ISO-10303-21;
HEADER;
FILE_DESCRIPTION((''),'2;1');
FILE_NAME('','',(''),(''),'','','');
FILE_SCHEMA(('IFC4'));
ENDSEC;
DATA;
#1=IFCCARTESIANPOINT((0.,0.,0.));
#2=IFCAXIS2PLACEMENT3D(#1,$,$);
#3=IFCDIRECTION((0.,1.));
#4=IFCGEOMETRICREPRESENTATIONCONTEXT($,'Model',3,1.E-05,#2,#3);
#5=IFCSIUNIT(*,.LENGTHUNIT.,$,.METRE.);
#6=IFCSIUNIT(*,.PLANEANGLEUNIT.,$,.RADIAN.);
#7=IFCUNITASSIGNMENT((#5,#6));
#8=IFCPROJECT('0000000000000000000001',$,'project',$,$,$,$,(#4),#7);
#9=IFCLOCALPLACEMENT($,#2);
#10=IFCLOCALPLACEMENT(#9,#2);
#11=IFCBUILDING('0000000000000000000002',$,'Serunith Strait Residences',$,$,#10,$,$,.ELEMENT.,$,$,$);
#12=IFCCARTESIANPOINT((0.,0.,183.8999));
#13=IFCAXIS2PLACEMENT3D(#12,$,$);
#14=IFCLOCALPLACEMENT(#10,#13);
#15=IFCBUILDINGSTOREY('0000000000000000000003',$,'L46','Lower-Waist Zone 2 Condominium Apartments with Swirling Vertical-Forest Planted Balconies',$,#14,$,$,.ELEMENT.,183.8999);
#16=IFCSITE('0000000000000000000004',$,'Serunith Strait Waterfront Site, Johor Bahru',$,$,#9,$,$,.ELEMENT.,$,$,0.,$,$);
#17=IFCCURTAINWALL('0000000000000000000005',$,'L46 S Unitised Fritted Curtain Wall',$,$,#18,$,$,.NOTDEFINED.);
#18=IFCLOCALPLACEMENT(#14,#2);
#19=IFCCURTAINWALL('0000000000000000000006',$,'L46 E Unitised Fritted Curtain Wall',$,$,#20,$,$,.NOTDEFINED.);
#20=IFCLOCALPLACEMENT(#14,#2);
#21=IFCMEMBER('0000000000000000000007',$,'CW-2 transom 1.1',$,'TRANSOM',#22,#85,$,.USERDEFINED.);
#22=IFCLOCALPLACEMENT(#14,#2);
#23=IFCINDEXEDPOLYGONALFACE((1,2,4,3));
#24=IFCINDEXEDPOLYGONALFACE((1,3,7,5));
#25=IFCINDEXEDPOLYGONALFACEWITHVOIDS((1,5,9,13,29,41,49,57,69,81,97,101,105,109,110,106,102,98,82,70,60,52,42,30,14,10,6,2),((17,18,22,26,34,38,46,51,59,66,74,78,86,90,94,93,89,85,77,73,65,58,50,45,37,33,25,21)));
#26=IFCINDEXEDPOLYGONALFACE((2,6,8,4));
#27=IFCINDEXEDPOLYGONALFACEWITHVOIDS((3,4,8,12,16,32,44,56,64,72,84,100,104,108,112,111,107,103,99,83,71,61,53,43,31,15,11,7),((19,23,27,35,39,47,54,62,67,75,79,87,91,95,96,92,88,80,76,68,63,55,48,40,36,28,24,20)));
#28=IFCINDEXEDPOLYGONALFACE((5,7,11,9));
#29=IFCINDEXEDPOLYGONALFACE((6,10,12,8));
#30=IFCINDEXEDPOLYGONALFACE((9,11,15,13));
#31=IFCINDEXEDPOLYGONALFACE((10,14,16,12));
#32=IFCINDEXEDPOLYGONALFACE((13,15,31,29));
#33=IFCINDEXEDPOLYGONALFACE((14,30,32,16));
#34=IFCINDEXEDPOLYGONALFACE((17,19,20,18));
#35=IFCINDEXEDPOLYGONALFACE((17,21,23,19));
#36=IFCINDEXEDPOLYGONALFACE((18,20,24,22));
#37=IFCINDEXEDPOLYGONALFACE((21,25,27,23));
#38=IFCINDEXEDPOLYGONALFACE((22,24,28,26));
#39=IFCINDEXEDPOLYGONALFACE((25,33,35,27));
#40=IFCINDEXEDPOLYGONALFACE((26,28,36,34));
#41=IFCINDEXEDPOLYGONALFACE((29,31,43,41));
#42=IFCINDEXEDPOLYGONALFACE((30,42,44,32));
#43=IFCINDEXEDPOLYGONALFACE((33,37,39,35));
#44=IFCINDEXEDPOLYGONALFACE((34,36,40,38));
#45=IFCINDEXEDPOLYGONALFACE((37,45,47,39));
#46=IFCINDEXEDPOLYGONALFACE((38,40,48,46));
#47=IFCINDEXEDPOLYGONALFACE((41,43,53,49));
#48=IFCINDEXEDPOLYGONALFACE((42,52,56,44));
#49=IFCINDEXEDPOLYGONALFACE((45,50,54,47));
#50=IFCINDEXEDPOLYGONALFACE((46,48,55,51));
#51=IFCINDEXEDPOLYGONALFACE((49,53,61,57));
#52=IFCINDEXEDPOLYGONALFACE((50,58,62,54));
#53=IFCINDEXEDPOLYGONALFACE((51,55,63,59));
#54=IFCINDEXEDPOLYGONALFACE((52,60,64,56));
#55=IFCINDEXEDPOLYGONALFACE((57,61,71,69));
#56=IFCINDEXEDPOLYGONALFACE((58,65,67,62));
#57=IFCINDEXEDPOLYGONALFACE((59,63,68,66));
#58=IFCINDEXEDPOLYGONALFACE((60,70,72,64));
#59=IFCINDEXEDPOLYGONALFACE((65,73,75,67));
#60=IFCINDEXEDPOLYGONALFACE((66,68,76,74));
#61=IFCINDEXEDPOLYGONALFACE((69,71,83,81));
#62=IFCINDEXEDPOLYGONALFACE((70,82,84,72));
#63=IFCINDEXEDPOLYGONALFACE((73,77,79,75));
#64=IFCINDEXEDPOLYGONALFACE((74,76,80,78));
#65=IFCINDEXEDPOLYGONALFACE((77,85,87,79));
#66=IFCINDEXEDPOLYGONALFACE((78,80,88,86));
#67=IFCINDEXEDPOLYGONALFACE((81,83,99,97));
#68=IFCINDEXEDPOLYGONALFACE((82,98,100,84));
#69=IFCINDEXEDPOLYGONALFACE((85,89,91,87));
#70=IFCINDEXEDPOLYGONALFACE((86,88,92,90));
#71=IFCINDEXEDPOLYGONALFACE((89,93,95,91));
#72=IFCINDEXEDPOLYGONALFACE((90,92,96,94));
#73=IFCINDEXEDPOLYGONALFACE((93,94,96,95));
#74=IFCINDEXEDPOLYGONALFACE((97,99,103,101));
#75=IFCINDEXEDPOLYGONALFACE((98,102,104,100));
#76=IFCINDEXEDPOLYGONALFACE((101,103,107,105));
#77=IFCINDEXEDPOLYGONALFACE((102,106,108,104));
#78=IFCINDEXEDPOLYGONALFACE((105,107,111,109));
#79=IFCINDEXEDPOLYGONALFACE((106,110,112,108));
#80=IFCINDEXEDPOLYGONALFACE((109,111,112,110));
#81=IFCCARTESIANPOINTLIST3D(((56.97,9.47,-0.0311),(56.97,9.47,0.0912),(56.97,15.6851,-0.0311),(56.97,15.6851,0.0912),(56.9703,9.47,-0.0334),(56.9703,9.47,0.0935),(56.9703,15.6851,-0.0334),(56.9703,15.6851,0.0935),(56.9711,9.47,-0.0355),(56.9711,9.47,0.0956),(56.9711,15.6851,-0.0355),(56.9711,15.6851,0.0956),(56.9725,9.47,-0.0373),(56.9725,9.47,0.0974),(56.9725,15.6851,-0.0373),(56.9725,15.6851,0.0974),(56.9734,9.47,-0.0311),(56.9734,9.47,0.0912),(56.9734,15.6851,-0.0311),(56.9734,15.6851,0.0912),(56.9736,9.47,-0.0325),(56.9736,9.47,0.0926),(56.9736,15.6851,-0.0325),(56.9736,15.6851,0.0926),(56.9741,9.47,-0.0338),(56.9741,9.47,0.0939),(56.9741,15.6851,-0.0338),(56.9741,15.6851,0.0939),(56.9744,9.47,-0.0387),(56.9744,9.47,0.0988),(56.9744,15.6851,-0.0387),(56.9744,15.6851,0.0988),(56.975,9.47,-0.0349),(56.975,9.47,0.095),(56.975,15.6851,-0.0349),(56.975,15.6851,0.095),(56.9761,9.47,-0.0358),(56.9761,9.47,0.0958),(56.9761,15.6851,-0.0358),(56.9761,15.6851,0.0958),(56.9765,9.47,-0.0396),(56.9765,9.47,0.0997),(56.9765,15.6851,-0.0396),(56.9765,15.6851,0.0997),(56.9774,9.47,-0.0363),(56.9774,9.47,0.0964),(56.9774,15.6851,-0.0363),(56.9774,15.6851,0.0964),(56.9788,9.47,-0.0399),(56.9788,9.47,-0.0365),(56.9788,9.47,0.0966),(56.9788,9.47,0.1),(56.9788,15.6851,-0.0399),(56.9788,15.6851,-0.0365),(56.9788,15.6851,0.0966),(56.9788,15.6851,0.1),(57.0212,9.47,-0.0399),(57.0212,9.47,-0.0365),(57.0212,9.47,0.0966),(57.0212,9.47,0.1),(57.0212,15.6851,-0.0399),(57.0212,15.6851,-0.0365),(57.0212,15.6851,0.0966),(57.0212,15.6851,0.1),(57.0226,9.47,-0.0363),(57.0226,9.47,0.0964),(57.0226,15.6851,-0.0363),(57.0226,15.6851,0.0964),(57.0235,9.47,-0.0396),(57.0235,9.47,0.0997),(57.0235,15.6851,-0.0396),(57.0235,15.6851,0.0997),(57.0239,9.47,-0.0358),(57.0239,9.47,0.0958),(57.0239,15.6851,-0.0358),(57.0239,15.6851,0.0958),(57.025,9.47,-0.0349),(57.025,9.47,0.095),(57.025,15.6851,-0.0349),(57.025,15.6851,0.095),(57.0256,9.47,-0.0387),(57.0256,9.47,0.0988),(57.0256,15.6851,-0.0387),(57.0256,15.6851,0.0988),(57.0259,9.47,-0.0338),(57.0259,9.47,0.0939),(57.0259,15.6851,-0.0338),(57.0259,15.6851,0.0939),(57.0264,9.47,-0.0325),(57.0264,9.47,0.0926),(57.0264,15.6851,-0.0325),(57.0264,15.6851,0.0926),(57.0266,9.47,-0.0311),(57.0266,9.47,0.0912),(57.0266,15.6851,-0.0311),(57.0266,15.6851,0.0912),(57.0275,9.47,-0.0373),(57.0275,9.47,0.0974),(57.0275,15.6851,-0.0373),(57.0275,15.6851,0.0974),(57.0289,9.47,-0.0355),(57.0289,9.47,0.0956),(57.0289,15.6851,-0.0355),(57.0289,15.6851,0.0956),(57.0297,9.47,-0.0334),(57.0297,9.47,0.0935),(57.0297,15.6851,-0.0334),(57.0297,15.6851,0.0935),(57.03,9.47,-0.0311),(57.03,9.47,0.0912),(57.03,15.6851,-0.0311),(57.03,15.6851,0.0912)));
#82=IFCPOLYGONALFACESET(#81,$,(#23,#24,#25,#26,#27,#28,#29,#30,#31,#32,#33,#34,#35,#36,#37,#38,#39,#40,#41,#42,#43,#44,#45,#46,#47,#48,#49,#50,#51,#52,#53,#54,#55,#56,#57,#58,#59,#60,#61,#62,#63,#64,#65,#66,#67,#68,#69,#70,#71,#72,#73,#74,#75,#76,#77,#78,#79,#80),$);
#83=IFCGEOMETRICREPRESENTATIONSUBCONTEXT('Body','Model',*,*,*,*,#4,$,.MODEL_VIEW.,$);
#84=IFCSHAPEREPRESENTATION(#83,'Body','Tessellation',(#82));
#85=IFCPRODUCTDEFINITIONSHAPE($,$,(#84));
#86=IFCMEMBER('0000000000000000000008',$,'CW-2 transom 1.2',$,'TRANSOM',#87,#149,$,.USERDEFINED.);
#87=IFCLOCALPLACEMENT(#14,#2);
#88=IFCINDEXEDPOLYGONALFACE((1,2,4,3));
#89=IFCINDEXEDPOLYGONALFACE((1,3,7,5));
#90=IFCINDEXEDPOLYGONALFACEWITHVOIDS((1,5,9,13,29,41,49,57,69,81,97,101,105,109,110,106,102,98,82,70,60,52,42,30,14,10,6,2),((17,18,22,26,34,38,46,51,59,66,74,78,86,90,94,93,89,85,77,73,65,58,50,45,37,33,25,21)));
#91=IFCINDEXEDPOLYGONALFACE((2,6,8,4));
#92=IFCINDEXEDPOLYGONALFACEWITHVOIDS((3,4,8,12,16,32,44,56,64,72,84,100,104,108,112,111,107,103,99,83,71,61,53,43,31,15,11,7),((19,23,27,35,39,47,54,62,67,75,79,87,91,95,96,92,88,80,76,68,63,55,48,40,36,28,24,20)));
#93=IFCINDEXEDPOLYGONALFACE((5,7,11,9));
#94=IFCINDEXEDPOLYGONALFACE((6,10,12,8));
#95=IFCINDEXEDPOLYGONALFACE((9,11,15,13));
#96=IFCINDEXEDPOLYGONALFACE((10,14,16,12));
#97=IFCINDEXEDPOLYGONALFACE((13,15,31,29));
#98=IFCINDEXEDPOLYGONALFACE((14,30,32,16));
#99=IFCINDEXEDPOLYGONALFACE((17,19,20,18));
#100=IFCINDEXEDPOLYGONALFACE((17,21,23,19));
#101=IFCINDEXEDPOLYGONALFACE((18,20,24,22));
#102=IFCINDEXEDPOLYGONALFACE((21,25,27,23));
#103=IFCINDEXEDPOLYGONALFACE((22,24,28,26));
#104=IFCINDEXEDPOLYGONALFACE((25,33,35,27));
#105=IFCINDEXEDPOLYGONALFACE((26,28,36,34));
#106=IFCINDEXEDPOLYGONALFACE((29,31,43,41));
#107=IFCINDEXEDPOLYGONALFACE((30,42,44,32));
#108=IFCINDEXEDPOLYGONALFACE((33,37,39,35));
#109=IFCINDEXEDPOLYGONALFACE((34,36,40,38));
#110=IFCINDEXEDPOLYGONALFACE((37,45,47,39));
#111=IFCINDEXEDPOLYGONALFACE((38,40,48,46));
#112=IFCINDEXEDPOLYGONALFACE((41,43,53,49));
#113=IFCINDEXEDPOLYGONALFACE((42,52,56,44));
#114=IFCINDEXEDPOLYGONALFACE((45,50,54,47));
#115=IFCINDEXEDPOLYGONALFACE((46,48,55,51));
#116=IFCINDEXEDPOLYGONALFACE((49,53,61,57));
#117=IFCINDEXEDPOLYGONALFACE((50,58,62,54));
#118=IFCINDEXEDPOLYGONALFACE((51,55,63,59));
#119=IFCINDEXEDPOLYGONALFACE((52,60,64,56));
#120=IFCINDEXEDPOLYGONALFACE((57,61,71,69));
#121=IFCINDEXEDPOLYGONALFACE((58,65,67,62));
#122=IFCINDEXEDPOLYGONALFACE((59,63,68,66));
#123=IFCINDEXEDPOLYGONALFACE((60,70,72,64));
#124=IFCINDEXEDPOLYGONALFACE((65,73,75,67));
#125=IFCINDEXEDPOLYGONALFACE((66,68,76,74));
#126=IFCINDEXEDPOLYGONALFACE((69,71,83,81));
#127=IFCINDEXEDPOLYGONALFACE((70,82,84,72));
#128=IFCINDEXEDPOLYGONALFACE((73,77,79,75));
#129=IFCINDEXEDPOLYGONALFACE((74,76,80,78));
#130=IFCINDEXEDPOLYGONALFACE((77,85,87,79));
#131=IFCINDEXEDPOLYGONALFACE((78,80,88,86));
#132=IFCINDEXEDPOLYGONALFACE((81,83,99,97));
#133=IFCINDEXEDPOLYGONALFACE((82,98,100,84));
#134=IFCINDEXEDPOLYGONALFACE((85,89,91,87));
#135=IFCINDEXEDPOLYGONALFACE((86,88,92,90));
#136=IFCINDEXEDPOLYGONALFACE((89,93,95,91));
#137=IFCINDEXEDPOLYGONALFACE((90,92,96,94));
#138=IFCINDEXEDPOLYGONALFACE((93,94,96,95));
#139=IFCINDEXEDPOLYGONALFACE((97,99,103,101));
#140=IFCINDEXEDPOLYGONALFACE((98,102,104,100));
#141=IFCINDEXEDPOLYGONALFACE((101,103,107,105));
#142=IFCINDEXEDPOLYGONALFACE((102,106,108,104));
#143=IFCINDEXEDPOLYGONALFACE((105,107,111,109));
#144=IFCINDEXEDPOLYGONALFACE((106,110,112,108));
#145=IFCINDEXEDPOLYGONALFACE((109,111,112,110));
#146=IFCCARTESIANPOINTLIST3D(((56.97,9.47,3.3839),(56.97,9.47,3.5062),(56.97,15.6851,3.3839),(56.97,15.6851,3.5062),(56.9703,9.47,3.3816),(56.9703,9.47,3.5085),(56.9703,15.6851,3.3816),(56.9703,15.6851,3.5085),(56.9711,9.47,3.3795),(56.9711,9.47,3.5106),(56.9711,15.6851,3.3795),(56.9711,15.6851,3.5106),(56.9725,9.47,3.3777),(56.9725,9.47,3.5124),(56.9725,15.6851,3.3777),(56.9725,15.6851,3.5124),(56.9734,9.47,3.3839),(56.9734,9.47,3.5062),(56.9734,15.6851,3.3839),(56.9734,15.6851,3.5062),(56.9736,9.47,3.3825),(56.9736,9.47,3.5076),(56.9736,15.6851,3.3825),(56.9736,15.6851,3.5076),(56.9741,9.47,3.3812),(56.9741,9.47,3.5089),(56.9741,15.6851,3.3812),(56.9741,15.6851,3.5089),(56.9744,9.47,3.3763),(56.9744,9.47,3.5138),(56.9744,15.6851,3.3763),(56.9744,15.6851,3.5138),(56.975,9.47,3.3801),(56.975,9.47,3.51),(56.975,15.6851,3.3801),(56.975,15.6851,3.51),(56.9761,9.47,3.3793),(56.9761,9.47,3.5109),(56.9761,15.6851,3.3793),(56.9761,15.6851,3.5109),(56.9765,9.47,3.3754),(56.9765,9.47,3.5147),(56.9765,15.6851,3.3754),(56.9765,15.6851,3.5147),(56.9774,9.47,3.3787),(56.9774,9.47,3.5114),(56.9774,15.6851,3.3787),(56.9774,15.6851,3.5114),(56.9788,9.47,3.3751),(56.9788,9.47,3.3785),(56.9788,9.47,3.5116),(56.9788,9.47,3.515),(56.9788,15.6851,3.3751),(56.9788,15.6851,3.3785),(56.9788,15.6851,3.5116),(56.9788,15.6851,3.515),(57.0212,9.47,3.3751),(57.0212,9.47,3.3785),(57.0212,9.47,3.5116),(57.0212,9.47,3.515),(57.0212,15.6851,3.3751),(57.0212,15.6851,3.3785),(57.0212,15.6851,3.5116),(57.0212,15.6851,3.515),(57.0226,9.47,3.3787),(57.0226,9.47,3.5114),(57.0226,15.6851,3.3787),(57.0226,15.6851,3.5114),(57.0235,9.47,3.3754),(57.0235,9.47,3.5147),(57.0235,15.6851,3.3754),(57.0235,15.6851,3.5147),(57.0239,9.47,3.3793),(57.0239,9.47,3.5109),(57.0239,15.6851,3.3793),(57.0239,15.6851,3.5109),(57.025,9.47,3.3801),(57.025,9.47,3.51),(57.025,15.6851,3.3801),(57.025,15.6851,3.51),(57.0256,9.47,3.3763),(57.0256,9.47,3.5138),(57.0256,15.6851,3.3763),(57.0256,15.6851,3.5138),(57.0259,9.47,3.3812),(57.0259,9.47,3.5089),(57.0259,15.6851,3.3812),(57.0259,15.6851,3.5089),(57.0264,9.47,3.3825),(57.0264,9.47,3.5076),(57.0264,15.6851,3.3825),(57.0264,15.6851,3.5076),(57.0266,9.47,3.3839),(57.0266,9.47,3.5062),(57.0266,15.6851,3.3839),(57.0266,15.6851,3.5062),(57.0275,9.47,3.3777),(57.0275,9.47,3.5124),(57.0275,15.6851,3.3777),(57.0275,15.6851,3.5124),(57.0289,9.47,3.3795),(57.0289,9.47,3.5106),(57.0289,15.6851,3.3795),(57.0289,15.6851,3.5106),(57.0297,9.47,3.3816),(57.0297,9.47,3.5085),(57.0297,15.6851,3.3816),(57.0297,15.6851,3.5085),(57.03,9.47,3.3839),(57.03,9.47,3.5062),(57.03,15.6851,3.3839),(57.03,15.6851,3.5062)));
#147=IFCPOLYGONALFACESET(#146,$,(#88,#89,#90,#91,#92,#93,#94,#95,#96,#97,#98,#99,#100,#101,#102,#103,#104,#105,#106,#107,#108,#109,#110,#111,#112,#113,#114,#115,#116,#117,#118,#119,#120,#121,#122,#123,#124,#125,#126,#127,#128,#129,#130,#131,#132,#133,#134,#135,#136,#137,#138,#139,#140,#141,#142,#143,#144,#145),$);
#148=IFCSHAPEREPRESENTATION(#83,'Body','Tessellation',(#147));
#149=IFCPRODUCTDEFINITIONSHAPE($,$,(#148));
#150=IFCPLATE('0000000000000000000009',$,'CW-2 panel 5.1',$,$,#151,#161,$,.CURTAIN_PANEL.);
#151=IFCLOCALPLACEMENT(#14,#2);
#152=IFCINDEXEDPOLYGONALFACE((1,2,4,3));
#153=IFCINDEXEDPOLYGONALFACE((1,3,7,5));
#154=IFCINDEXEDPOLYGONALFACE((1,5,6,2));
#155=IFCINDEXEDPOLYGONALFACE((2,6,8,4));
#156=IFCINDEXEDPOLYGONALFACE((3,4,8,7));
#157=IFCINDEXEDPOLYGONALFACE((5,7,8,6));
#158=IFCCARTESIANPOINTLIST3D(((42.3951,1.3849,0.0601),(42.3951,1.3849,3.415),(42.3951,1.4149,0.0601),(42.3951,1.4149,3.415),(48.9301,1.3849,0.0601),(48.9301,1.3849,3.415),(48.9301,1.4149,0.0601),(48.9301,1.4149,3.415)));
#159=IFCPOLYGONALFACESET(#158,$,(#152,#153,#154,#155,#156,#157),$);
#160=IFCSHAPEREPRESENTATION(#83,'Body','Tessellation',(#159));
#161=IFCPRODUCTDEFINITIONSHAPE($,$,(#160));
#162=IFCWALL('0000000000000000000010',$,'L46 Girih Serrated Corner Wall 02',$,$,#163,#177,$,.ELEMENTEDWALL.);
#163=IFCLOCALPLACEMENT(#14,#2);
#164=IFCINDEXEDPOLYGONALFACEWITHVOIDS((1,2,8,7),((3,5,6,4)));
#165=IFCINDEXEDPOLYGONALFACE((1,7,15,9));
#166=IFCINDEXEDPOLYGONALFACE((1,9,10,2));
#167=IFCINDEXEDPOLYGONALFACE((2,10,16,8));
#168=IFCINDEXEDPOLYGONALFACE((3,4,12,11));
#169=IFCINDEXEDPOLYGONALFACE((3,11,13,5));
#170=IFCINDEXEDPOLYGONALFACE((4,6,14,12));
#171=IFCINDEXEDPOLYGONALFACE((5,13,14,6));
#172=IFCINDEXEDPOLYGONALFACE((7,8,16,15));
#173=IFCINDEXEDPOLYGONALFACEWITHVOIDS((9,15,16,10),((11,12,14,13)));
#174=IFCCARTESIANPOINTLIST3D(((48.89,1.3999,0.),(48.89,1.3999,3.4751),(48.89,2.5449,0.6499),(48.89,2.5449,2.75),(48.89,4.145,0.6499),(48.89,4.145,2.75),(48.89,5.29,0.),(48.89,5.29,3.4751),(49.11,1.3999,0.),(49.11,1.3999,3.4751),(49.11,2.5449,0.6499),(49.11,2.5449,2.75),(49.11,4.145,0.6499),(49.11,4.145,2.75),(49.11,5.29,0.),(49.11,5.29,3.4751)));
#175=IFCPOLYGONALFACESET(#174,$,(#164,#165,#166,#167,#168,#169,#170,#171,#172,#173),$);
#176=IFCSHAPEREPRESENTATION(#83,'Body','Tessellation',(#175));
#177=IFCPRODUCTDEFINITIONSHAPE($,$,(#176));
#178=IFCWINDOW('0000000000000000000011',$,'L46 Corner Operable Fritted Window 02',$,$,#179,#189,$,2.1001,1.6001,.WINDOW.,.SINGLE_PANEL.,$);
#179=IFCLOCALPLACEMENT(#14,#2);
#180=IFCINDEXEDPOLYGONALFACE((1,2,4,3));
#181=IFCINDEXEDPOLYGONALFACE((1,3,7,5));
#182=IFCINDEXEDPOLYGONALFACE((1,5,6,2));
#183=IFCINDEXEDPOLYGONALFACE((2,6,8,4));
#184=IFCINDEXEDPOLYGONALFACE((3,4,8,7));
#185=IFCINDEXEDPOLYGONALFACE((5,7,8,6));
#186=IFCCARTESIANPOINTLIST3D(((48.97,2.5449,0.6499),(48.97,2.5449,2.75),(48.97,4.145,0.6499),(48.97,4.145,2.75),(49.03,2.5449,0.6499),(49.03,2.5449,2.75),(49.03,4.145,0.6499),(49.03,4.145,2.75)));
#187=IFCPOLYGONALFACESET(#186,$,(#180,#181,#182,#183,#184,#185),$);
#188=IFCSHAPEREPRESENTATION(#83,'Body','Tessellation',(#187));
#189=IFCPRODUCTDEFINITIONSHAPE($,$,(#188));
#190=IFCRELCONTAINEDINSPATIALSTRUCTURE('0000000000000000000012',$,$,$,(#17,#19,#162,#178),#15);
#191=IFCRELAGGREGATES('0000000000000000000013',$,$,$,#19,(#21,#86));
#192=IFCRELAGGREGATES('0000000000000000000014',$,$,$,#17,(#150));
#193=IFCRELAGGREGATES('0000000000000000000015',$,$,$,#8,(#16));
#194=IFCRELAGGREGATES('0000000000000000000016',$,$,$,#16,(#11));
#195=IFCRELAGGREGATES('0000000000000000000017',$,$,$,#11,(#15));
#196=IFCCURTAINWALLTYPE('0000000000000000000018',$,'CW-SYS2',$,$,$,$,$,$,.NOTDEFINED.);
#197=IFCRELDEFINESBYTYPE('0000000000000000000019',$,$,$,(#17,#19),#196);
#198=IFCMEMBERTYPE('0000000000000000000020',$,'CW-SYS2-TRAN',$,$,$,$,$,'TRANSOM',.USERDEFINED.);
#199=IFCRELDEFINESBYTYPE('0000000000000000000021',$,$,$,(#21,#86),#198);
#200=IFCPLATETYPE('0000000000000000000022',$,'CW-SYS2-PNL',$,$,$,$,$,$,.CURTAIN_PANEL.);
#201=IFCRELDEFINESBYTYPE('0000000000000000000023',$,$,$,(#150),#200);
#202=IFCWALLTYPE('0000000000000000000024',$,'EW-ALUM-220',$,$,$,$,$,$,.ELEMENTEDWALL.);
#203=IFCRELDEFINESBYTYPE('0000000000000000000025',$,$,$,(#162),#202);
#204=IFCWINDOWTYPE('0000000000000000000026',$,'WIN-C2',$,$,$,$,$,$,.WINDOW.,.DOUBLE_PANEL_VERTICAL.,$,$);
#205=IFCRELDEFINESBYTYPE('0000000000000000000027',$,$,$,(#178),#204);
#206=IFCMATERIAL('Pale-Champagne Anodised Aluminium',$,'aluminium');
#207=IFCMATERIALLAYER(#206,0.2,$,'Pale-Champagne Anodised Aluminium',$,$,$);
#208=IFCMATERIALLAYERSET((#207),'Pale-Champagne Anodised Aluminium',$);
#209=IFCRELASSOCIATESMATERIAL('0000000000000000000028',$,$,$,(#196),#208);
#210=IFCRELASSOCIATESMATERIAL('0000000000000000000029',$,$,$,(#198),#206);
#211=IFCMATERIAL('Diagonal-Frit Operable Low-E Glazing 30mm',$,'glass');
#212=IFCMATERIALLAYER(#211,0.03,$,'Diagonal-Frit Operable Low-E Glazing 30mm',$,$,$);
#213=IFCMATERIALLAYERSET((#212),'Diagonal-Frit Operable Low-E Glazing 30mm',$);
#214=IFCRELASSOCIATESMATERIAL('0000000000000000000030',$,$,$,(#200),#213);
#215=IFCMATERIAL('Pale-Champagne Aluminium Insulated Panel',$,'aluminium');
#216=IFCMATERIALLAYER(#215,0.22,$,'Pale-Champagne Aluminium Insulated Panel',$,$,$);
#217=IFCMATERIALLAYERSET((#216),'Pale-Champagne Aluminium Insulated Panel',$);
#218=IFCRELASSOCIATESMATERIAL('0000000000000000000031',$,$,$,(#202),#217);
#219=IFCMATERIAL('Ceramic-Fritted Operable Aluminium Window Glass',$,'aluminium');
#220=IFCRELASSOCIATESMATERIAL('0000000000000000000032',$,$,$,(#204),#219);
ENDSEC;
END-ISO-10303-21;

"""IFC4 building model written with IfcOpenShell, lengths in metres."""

from ifc_helpers import new_model, si_unit, direction, frame, frame_2d, origin, origin_2d, place, context, subcontext, project, spatial, rectangle, hollow_rectangle, extrude, source, transform, mapped, material, layer, layer_set, material_profile, profile_set, type_object, element, fill, aggregate, save


model = new_model("IFC4")

# Units and contexts
model_context = context("Model", 3, precision=1e-05, world=origin(), true_north=direction((0.0, 1.0)))
body_context = subcontext(model_context, "Body", "Model", "MODEL_VIEW")
ifc_project = project(units=[si_unit("LENGTHUNIT", "METRE"), si_unit("PLANEANGLEUNIT", "RADIAN")], contexts=[model_context])

# Site, building, storey
site_placement = place(None, origin())
site = spatial("IfcSite", under=ifc_project, at=site_placement, Name="Serunith Strait Waterfront Site, Johor Bahru", CompositionType="ELEMENT", RefElevation=0.0)
building_placement = place(site_placement, origin())
building = spatial("IfcBuilding", under=site, at=building_placement, Name="Serunith Strait Residences", CompositionType="ELEMENT")
storey_placement = place(building_placement, frame((0.0, 0.0, 183.8999)))
storey = spatial("IfcBuildingStorey", under=building, at=storey_placement, Name="L46", Description="Lower-Waist Zone 2 Condominium Apartments with Swirling Vertical-Forest Planted Balconies", CompositionType="ELEMENT", Elevation=183.8999)

# Curtain wall
ifc_material_1 = material(Name="Pale-Champagne Anodised Aluminium", Category="aluminium")
ifc_layer_1 = layer(ifc_material_1, 0.2, Name="Pale-Champagne Anodised Aluminium")
ifc_layer_set_1 = layer_set([ifc_layer_1], Name="Pale-Champagne Anodised Aluminium")
curtain_wall_type = type_object("IfcCurtainWallType", Name="CW-SYS2", PredefinedType="NOTDEFINED", material=ifc_layer_set_1)
curtain_wall_1_placement = place(storey_placement, origin())
curtain_wall_1 = element("IfcCurtainWall", 1, at=curtain_wall_1_placement, inside=storey, type_object=curtain_wall_type, Name="L46 S Unitised Fritted Curtain Wall", PredefinedType="NOTDEFINED")

# Curtain wall, members
curtain_wall_2_placement = place(storey_placement, origin())
curtain_wall_2 = element("IfcCurtainWall", 2, at=curtain_wall_2_placement, inside=storey, type_object=curtain_wall_type, Name="L46 E Unitised Fritted Curtain Wall", PredefinedType="NOTDEFINED")
ifc_material_profile_1 = material_profile(ifc_material_1, hollow_rectangle(XDim=0.0601, YDim=0.1399, WallThickness=0.0034, InnerFilletRadius=0.0054, OuterFilletRadius=0.0088, at=origin_2d()), Name="ALU 140x60x3.5")
ifc_profile_set_1 = profile_set([ifc_material_profile_1], Name="Pale-Champagne Anodised Aluminium")
member_type_1 = type_object("IfcMemberType", Name="CW-SYS2-TRAN", ElementType="TRANSOM", PredefinedType="USERDEFINED", material=ifc_profile_set_1)
shared_shape_1 = source(origin(), body_context, "Body", "SweptSolid", [
    extrude(hollow_rectangle(XDim=0.0601, YDim=0.1399, WallThickness=0.0034, InnerFilletRadius=0.0054, OuterFilletRadius=0.0088, at=origin_2d()), origin(), (0.0, 0.0, 1.0), 6.2151),
])
member_1_placement = place(storey_placement, frame((57.0, 9.47, 0.03), z_axis=(0.0, 1.0, 0.0), x_axis=(-1.0, 0.0, 0.0)))
member_1 = element("IfcMember", 3, at=member_1_placement, type_object=member_type_1, Name="CW-2 transom 1.1", ObjectType="TRANSOM", PredefinedType="USERDEFINED", context=body_context, shape_type="MappedRepresentation", body=[
    mapped(shared_shape_1, transform((0.0, 0.0, 0.0), scale=1.0)),
])
member_2_placement = place(storey_placement, frame((57.0, 9.47, 3.4451), z_axis=(0.0, 1.0, 0.0), x_axis=(-1.0, 0.0, 0.0)))
member_2 = element("IfcMember", 4, at=member_2_placement, type_object=member_type_1, Name="CW-2 transom 1.2", ObjectType="TRANSOM", PredefinedType="USERDEFINED", context=body_context, shape_type="MappedRepresentation", body=[
    mapped(shared_shape_1, transform((0.0, 0.0, 0.0), scale=1.0)),
])
aggregate(curtain_wall_2, [member_1, member_2])

# Plate
ifc_material_2 = material(Name="Diagonal-Frit Operable Low-E Glazing 30mm", Category="glass")
ifc_layer_2 = layer(ifc_material_2, 0.03, Name="Diagonal-Frit Operable Low-E Glazing 30mm")
ifc_layer_set_2 = layer_set([ifc_layer_2], Name="Diagonal-Frit Operable Low-E Glazing 30mm")
plate_type = type_object("IfcPlateType", Name="CW-SYS2-PNL", PredefinedType="CURTAIN_PANEL", material=ifc_layer_set_2)
shared_shape_2 = source(origin(), body_context, "Body", "SweptSolid", [
    extrude(rectangle(XDim=6.5349, YDim=0.03, at=origin_2d()), origin(), (0.0, 0.0, 1.0), 3.355),
])
plate_placement = place(storey_placement, frame((45.6626, 1.3999, 0.0601), z_axis=(0.0, 0.0, 1.0), x_axis=(1.0, 0.0, 0.0)))
plate = element("IfcPlate", 5, at=plate_placement, type_object=plate_type, Name="CW-2 panel 5.1", PredefinedType="CURTAIN_PANEL", context=body_context, shape_type="MappedRepresentation", body=[
    mapped(shared_shape_2, transform((0.0, 0.0, 0.0), scale=1.0)),
])
aggregate(curtain_wall_1, [plate])

# Wall, opening, window
ifc_material_3 = material(Name="Pale-Champagne Aluminium Insulated Panel", Category="aluminium")
ifc_layer_3 = layer(ifc_material_3, 0.22, Name="Pale-Champagne Aluminium Insulated Panel")
ifc_layer_set_3 = layer_set([ifc_layer_3], Name="Pale-Champagne Aluminium Insulated Panel")
wall_type_1 = type_object("IfcWallType", Name="EW-ALUM-220", PredefinedType="ELEMENTEDWALL", material=ifc_layer_set_3)
wall_1_placement = place(storey_placement, frame((49.0, 1.3999, 0.0), z_axis=(0.0, 0.0, 1.0), x_axis=(0.0, 1.0, 0.0)))
wall_1 = element("IfcWall", 6, at=wall_1_placement, inside=storey, type_object=wall_type_1, Name="L46 Girih Serrated Corner Wall 02", PredefinedType="ELEMENTEDWALL", context=body_context, shape_type="SweptSolid", body=[
    extrude(rectangle(XDim=3.8901, YDim=0.22, at=frame_2d((1.9451, 0.0))), origin(), (0.0, 0.0, 1.0), 3.4751),
])
opening_1_placement = place(wall_1_placement, frame((1.145, 0.0, 0.6499)))
opening_1 = element("IfcOpeningElement", 7, at=opening_1_placement, cuts=wall_1, PredefinedType="OPENING", context=body_context, shape_type="SweptSolid", body=[
    extrude(rectangle(XDim=1.6001, YDim=2.1001, at=frame_2d((0.8, 1.05))), frame((0.0, 0.1201, 0.0), z_axis=(0.0, -1.0, 0.0), x_axis=(1.0, 0.0, 0.0)), (0.0, 0.0, 1.0), 0.24),
])
ifc_material_4 = material(Name="Ceramic-Fritted Operable Aluminium Window Glass", Category="aluminium")
window_type = type_object("IfcWindowType", Name="WIN-C2", PartitioningType="DOUBLE_PANEL_VERTICAL", PredefinedType="WINDOW", material=ifc_material_4)
shared_shape_3 = source(origin(), body_context, "Body", "SweptSolid", [
    extrude(rectangle(XDim=1.6001, YDim=2.1001, at=frame_2d((0.8, 1.05))), frame((0.0, 0.03, 0.0), z_axis=(0.0, -1.0, 0.0), x_axis=(1.0, 0.0, 0.0)), (0.0, 0.0, 1.0), 0.0601),
])
window_1_placement = place(opening_1_placement, origin())
window_1 = element("IfcWindow", 8, at=window_1_placement, inside=storey, type_object=window_type, Name="L46 Corner Operable Fritted Window 02", OverallHeight=2.1001, OverallWidth=1.6001, PartitioningType="SINGLE_PANEL", PredefinedType="WINDOW", context=body_context, shape_type="MappedRepresentation", body=[
    mapped(shared_shape_3, transform((0.0, 0.0, 0.0), scale=1.0)),
])
fill(opening_1, window_1)

save(model, "model.ifc")
